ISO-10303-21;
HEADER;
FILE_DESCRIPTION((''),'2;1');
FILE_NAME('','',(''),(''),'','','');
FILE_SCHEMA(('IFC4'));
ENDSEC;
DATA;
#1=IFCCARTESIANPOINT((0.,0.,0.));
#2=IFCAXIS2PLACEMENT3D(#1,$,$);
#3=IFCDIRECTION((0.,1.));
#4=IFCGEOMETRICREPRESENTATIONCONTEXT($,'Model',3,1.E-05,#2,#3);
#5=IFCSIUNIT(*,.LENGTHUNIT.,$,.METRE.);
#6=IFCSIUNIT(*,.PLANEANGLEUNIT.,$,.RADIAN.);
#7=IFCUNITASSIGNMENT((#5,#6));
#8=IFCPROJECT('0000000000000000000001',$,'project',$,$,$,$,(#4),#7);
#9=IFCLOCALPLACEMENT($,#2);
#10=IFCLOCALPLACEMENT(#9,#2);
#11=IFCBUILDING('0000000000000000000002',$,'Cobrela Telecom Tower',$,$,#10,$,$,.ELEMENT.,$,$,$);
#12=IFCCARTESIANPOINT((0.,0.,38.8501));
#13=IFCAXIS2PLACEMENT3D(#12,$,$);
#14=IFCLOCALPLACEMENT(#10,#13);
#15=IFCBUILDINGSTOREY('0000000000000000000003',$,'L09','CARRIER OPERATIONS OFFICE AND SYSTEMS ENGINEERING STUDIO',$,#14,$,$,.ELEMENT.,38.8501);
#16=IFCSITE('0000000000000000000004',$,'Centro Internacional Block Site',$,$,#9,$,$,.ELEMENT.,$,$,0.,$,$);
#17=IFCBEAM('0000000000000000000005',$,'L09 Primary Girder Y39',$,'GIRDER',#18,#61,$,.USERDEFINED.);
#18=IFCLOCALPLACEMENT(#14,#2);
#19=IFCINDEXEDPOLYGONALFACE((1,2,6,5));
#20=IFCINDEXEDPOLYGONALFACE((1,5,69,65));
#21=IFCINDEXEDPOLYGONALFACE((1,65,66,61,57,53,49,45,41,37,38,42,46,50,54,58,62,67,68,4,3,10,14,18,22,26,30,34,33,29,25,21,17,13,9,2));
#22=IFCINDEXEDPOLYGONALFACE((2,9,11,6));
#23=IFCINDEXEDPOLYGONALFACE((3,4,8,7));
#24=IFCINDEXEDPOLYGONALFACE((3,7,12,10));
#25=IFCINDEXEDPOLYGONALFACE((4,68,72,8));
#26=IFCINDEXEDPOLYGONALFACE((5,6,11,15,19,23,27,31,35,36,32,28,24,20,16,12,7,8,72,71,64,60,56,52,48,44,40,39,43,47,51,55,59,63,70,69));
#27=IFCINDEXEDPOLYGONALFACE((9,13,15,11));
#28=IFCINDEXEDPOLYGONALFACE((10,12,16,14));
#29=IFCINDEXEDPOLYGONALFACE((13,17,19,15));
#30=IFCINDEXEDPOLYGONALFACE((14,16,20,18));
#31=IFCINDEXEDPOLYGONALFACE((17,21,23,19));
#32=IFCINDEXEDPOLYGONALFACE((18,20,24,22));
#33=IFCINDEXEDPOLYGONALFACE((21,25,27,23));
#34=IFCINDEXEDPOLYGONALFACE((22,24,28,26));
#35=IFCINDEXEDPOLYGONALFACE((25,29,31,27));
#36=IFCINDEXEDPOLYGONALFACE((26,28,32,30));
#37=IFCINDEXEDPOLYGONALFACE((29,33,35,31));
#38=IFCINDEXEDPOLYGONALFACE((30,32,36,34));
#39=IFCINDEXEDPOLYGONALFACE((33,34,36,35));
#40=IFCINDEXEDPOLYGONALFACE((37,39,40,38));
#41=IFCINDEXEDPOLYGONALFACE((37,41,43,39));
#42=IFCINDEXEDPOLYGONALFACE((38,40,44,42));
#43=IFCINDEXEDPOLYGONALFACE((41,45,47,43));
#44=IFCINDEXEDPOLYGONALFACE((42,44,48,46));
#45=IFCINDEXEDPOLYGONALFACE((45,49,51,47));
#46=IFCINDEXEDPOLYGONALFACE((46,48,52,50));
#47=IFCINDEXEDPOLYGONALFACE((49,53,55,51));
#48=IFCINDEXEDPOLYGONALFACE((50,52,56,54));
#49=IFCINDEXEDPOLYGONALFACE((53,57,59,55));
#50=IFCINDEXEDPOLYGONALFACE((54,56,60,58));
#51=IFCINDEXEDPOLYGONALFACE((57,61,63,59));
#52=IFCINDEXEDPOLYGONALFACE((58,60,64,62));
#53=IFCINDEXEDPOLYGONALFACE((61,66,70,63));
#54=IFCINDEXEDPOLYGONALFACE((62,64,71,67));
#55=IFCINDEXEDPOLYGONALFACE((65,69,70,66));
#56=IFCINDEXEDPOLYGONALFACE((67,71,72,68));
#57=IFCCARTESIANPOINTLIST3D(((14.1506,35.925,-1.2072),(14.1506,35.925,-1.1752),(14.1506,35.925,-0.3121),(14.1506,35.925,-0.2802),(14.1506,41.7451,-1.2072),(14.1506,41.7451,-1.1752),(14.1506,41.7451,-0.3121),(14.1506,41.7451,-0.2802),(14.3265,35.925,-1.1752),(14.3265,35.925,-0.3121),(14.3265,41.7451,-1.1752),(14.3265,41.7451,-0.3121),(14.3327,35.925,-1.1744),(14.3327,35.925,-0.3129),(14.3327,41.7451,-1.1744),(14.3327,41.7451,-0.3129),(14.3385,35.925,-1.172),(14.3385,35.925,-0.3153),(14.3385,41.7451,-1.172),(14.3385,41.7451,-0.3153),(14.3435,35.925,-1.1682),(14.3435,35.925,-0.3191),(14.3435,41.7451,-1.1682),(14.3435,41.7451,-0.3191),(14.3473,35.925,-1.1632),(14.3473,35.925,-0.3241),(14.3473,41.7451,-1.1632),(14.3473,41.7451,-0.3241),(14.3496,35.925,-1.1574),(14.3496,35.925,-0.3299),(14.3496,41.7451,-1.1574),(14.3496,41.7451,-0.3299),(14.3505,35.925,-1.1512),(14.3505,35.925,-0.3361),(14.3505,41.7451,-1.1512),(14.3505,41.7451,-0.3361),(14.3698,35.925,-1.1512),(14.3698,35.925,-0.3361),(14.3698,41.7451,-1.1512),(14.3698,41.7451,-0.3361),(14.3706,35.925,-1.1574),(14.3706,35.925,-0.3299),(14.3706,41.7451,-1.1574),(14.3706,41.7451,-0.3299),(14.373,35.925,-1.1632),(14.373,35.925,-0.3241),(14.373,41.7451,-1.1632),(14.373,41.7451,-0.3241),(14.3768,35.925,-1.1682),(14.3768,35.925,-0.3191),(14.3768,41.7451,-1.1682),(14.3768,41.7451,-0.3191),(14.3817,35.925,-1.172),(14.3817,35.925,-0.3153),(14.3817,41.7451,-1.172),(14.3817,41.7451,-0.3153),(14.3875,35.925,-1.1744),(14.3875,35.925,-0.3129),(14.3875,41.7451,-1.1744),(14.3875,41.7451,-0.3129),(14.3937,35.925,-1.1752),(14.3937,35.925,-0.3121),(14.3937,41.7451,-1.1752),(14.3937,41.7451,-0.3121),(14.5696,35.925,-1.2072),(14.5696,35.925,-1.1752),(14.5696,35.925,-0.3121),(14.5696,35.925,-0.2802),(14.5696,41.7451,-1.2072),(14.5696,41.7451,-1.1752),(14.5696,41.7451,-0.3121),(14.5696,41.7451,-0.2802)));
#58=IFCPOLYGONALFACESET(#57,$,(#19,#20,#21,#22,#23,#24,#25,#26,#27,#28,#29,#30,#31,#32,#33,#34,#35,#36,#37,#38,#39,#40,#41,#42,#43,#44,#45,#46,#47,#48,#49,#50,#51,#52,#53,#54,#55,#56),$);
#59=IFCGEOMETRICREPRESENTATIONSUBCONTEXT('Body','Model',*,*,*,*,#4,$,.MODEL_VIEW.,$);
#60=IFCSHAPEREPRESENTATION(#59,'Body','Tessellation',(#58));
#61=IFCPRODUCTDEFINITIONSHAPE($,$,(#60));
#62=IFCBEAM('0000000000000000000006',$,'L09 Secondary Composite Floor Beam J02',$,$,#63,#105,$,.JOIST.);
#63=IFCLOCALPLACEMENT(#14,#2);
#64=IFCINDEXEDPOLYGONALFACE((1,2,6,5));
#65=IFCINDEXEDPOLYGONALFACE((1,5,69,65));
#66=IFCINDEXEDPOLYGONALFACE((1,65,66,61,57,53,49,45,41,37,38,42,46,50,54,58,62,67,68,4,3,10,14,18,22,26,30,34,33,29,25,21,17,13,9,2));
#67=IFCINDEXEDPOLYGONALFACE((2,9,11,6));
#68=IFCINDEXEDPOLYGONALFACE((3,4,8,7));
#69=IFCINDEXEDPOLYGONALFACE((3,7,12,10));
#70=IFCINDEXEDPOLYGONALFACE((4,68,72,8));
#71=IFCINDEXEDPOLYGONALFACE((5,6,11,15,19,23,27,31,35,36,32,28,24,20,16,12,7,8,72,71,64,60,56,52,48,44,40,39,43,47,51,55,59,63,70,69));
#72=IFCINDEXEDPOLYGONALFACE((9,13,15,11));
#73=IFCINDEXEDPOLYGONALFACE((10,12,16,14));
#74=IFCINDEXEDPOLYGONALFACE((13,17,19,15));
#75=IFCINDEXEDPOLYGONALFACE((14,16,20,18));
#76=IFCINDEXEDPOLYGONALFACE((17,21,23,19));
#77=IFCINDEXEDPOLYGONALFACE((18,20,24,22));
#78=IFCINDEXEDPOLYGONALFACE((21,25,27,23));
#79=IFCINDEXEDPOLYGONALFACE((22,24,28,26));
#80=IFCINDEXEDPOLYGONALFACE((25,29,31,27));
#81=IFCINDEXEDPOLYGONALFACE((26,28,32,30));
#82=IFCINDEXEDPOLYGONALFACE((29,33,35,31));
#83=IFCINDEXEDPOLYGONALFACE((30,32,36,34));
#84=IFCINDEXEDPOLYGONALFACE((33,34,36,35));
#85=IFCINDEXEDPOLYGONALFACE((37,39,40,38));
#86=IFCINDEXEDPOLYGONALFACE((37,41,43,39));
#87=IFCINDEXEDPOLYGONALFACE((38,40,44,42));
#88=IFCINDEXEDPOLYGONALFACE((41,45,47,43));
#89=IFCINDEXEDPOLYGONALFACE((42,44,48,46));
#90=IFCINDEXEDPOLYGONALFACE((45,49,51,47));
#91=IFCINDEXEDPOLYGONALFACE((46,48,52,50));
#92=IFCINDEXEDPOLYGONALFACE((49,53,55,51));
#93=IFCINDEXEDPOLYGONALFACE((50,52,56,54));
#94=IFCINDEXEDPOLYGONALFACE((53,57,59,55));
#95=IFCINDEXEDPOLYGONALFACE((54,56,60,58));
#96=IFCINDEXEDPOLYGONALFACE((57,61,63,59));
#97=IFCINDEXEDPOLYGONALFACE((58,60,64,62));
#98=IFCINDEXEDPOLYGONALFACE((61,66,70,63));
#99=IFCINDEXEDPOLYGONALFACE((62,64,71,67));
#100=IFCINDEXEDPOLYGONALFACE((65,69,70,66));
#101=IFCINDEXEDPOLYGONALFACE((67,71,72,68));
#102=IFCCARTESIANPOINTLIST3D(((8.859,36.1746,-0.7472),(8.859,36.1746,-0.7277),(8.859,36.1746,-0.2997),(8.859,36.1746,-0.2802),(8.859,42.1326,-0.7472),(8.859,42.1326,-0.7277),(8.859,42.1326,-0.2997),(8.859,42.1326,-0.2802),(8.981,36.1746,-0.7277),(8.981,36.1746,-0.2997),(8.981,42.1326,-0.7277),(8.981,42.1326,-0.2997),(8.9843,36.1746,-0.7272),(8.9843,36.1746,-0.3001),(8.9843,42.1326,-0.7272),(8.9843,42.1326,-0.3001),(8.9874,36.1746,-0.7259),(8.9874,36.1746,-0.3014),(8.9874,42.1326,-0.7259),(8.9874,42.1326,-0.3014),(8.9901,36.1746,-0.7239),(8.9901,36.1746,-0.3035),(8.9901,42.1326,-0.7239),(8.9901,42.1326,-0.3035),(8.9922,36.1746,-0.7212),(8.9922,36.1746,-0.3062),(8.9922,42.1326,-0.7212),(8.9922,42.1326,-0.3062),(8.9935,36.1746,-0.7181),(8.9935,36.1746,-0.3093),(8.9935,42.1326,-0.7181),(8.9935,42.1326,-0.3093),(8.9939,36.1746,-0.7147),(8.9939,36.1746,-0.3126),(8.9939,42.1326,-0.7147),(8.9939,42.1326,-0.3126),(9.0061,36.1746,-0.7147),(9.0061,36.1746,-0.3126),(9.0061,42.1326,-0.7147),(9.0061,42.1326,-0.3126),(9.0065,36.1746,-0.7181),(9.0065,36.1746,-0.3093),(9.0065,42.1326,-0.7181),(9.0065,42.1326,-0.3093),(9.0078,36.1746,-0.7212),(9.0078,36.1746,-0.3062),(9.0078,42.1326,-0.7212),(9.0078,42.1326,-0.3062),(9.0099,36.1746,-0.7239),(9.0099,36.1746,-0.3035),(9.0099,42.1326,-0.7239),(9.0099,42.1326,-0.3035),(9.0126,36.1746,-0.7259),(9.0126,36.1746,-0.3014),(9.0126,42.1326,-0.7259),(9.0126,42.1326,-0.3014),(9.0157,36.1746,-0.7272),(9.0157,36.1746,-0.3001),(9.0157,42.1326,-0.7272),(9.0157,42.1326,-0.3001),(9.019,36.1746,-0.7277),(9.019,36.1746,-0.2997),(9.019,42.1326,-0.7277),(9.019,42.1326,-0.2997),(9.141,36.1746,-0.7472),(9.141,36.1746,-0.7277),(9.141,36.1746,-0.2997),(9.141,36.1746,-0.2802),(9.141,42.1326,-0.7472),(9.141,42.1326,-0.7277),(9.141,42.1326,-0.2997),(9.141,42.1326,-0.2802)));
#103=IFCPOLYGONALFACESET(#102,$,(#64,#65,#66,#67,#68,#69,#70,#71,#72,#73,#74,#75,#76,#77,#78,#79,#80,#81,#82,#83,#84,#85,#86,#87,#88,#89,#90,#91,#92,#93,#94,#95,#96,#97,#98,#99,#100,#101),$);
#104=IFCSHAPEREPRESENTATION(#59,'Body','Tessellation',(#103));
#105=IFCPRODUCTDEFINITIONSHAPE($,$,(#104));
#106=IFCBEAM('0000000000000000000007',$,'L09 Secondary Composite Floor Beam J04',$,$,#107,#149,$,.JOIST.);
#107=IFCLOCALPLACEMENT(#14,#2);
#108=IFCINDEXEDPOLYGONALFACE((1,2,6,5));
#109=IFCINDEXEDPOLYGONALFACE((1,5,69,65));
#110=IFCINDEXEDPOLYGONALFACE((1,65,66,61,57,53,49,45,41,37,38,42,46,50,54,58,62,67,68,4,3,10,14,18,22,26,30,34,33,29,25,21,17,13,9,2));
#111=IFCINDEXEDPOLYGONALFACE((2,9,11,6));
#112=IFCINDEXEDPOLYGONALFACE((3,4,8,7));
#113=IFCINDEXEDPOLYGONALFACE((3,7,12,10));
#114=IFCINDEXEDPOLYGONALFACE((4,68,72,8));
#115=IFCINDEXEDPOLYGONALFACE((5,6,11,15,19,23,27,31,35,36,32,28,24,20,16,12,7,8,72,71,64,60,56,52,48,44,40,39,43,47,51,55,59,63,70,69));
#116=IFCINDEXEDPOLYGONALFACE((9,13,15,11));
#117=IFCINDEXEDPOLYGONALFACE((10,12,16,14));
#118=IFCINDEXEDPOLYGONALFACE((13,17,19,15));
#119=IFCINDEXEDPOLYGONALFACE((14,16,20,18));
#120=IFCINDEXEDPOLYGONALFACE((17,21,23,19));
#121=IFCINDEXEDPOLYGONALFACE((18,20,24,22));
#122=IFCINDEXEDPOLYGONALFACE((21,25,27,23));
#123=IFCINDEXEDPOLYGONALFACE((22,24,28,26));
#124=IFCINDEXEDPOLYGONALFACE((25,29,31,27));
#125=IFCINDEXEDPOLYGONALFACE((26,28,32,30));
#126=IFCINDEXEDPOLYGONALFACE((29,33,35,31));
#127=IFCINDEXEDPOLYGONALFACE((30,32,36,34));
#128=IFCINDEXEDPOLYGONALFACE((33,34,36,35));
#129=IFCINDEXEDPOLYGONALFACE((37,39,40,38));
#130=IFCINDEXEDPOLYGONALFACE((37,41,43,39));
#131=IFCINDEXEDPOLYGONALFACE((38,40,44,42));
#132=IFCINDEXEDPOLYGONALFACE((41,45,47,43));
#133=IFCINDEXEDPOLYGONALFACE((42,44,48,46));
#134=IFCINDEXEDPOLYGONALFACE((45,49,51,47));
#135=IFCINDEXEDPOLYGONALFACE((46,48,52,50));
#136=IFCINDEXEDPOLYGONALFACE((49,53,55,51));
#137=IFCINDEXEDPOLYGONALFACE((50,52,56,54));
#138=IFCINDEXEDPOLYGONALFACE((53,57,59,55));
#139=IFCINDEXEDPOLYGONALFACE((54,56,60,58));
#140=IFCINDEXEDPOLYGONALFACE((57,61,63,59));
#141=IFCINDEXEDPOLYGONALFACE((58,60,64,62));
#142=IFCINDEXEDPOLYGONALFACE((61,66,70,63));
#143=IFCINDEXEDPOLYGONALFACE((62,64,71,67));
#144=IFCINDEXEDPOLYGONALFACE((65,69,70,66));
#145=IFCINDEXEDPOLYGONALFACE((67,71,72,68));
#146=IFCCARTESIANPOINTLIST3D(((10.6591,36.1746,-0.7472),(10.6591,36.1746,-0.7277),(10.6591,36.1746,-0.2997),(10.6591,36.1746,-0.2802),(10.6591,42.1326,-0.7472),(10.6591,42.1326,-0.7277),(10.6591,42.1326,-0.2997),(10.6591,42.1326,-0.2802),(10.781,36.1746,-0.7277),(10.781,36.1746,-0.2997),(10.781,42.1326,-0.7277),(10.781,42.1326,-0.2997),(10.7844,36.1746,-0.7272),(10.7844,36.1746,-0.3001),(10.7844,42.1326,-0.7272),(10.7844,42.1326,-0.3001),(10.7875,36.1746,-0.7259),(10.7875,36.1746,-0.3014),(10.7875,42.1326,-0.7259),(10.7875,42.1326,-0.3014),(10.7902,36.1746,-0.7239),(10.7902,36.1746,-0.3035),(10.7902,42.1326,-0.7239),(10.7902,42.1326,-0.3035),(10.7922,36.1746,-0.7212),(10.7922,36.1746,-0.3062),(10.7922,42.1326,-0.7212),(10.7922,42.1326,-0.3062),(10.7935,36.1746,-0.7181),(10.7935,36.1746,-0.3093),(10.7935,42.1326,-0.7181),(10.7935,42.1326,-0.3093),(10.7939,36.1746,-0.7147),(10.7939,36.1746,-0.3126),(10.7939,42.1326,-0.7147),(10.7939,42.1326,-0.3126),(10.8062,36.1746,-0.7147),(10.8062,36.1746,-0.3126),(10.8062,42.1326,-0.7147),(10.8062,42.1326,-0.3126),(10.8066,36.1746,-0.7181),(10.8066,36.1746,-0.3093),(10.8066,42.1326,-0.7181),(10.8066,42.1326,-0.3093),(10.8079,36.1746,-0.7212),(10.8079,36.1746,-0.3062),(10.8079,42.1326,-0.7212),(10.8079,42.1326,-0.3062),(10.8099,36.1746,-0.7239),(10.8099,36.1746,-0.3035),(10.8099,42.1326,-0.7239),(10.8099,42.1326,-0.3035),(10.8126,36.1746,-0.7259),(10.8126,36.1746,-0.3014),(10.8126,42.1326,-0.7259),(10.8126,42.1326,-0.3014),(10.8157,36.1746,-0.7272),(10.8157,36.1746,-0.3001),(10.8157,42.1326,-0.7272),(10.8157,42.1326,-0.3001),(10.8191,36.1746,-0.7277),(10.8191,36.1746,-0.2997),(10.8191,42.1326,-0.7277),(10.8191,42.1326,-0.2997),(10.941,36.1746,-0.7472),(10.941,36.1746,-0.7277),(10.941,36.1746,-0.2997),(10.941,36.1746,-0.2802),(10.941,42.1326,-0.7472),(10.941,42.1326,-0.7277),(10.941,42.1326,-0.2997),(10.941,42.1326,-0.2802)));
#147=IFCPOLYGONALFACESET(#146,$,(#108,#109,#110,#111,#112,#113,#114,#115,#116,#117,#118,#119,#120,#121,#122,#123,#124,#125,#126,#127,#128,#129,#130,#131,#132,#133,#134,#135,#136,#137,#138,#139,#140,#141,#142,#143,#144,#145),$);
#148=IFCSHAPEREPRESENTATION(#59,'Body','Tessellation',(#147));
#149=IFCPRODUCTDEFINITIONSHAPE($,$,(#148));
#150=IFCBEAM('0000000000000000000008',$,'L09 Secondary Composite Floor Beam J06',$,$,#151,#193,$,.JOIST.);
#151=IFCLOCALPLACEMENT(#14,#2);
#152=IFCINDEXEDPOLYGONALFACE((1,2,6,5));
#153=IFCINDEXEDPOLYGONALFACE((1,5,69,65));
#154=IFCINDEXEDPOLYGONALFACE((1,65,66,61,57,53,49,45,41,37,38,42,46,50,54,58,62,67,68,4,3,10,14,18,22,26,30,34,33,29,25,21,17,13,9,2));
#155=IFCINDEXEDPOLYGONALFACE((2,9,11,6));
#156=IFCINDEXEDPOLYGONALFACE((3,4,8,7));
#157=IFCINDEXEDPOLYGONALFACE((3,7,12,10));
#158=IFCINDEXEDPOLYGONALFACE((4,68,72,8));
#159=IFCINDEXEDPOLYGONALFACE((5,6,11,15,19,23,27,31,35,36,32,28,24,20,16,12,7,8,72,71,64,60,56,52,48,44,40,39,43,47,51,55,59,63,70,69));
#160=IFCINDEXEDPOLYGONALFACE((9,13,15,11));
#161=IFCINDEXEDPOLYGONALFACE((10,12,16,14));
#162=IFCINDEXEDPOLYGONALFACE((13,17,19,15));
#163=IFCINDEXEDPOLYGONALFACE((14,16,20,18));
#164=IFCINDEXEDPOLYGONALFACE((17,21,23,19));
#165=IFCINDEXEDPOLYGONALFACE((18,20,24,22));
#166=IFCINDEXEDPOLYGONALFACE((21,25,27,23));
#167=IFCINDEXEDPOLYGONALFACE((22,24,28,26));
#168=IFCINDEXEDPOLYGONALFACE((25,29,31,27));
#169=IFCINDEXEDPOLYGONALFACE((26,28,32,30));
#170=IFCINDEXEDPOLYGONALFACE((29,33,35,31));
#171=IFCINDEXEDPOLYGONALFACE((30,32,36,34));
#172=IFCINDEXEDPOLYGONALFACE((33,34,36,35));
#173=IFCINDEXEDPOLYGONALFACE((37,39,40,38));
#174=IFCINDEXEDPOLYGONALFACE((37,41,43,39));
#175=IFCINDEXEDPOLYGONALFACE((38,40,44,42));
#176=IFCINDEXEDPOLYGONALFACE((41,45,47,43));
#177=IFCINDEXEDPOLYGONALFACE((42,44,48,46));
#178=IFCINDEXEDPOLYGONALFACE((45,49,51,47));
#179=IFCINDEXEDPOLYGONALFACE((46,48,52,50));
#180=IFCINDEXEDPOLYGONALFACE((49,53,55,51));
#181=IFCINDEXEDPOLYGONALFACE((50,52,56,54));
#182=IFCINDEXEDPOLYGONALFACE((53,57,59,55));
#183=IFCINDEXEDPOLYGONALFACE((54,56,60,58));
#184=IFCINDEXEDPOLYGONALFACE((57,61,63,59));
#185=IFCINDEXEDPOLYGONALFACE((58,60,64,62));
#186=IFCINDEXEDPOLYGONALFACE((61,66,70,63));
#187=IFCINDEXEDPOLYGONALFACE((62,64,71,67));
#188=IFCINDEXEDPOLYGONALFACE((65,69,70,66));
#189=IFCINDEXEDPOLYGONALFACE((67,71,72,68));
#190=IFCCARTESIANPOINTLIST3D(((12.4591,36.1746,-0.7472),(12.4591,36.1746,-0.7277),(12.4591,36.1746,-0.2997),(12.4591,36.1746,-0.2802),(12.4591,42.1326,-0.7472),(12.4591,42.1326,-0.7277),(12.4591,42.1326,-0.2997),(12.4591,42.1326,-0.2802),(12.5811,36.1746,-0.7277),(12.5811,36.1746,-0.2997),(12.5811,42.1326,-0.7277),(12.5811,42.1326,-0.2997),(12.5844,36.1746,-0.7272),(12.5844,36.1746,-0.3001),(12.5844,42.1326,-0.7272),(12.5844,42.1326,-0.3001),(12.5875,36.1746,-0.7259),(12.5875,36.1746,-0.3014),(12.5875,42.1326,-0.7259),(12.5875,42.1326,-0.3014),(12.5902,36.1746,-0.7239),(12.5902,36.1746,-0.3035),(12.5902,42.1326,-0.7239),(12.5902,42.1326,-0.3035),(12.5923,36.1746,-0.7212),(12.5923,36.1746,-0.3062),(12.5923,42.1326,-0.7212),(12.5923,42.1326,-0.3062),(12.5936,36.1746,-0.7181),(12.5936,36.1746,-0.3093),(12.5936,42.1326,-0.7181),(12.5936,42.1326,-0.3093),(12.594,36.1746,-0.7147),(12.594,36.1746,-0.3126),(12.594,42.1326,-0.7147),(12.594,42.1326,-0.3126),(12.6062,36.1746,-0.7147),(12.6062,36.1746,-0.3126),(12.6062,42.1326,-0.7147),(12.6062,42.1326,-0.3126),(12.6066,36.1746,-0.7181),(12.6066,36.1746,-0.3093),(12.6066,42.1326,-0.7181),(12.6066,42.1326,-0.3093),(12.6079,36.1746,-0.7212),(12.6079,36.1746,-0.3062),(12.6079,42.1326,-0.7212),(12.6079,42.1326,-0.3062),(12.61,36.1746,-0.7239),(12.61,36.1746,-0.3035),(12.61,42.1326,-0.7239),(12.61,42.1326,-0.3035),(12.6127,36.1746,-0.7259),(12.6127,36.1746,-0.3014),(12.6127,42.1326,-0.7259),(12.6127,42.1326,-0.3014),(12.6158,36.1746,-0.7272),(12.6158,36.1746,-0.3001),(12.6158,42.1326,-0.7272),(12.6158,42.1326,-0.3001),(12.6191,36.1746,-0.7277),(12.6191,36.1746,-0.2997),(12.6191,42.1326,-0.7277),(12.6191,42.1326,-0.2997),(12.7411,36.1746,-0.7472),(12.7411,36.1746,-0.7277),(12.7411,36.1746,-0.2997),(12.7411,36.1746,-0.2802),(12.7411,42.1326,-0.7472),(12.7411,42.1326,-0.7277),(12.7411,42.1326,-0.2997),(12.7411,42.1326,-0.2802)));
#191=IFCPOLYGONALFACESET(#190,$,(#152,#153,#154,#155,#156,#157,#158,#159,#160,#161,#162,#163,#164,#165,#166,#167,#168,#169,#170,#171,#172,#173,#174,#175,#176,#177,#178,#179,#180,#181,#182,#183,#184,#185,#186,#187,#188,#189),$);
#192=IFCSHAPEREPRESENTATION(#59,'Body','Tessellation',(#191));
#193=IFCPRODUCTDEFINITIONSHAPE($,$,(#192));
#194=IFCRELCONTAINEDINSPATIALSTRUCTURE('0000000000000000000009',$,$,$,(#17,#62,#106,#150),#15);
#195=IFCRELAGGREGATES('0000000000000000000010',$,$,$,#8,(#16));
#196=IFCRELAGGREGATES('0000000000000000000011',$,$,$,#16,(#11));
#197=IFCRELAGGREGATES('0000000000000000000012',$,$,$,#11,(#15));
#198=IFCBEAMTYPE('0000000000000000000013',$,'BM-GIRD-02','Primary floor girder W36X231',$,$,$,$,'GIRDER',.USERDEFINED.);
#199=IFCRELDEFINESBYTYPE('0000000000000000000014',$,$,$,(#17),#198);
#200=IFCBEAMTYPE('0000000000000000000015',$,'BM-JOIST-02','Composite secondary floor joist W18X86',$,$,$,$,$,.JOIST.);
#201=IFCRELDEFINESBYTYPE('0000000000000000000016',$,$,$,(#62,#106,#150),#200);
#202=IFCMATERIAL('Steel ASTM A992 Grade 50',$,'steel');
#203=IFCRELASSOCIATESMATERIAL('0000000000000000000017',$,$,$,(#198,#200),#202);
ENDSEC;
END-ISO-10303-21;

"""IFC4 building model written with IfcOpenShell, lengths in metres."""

from ifc_helpers import new_model, si_unit, direction, frame, origin, origin_2d, place, context, subcontext, project, spatial, i_section, extrude, material, material_profile, profile_set, type_object, element, save


model = new_model("IFC4")

# Units and contexts
model_context = context("Model", 3, precision=1e-05, world=origin(), true_north=direction((0.0, 1.0)))
body_context = subcontext(model_context, "Body", "Model", "MODEL_VIEW")
ifc_project = project(units=[si_unit("LENGTHUNIT", "METRE"), si_unit("PLANEANGLEUNIT", "RADIAN")], contexts=[model_context])

# Site, building, storey
site_placement = place(None, origin())
site = spatial("IfcSite", under=ifc_project, at=site_placement, Name="Centro Internacional Block Site", CompositionType="ELEMENT", RefElevation=0.0)
building_placement = place(site_placement, origin())
building = spatial("IfcBuilding", under=site, at=building_placement, Name="Cobrela Telecom Tower", CompositionType="ELEMENT")
storey_placement = place(building_placement, frame((0.0, 0.0, 38.8501)))
storey = spatial("IfcBuildingStorey", under=building, at=storey_placement, Name="L09", Description="CARRIER OPERATIONS OFFICE AND SYSTEMS ENGINEERING STUDIO", CompositionType="ELEMENT", Elevation=38.8501)

# Beams
ifc_material_1 = material(Name="Steel ASTM A992 Grade 50", Category="steel")
ifc_material_profile_1 = material_profile(ifc_material_1, i_section(OverallWidth=0.4189, OverallDepth=0.927, WebThickness=0.0193, FlangeThickness=0.032, FilletRadius=0.0239, at=origin_2d()), Name="W36X231")
ifc_profile_set_1 = profile_set([ifc_material_profile_1], Name="Steel ASTM A992 Grade 50")
beam_type_1 = type_object("IfcBeamType", Name="BM-GIRD-02", Description="Primary floor girder W36X231", ElementType="GIRDER", PredefinedType="USERDEFINED", material=ifc_profile_set_1)
for number, where, z_axis, x_axis, name in (
    (1, (14.3601, 35.925, -0.7437), (0.0, 1.0, 0.0), (-1.0, 0.0, 0.0), "L09 Primary Girder Y39"),
):
    element("IfcBeam", number, at=place(storey_placement, frame(where, z_axis=z_axis, x_axis=x_axis)), inside=storey, type_object=beam_type_1, Name=name, ObjectType="GIRDER", PredefinedType="USERDEFINED", context=body_context, shape_type="SweptSolid", body=[
        extrude(i_section(OverallWidth=0.4189, OverallDepth=0.927, WebThickness=0.0193, FlangeThickness=0.032, FilletRadius=0.0239, at=origin_2d()), origin(), (0.0, 0.0, 1.0), 5.8201),
    ])
ifc_material_profile_2 = material_profile(ifc_material_1, i_section(OverallWidth=0.282, OverallDepth=0.467, WebThickness=0.0122, FlangeThickness=0.0195, FilletRadius=0.0129, at=origin_2d()), Name="W18X86")
ifc_profile_set_2 = profile_set([ifc_material_profile_2], Name="Steel ASTM A992 Grade 50")
beam_type_2 = type_object("IfcBeamType", Name="BM-JOIST-02", Description="Composite secondary floor joist W18X86", PredefinedType="JOIST", material=ifc_profile_set_2)
for number, where, z_axis, x_axis, name in (
    (2, (9.0, 36.1746, -0.5137), (0.0, 1.0, 0.0), (-1.0, 0.0, 0.0), "L09 Secondary Composite Floor Beam J02"),
    (3, (10.8, 36.1746, -0.5137), (0.0, 1.0, 0.0), (-1.0, 0.0, 0.0), "L09 Secondary Composite Floor Beam J04"),
    (4, (12.6001, 36.1746, -0.5137), (0.0, 1.0, 0.0), (-1.0, 0.0, 0.0), "L09 Secondary Composite Floor Beam J06"),
):
    element("IfcBeam", number, at=place(storey_placement, frame(where, z_axis=z_axis, x_axis=x_axis)), inside=storey, type_object=beam_type_2, Name=name, PredefinedType="JOIST", context=body_context, shape_type="SweptSolid", body=[
        extrude(i_section(OverallWidth=0.282, OverallDepth=0.467, WebThickness=0.0122, FlangeThickness=0.0195, FilletRadius=0.0129, at=origin_2d()), origin(), (0.0, 0.0, 1.0), 5.958),
    ])

save(model, "model.ifc")
